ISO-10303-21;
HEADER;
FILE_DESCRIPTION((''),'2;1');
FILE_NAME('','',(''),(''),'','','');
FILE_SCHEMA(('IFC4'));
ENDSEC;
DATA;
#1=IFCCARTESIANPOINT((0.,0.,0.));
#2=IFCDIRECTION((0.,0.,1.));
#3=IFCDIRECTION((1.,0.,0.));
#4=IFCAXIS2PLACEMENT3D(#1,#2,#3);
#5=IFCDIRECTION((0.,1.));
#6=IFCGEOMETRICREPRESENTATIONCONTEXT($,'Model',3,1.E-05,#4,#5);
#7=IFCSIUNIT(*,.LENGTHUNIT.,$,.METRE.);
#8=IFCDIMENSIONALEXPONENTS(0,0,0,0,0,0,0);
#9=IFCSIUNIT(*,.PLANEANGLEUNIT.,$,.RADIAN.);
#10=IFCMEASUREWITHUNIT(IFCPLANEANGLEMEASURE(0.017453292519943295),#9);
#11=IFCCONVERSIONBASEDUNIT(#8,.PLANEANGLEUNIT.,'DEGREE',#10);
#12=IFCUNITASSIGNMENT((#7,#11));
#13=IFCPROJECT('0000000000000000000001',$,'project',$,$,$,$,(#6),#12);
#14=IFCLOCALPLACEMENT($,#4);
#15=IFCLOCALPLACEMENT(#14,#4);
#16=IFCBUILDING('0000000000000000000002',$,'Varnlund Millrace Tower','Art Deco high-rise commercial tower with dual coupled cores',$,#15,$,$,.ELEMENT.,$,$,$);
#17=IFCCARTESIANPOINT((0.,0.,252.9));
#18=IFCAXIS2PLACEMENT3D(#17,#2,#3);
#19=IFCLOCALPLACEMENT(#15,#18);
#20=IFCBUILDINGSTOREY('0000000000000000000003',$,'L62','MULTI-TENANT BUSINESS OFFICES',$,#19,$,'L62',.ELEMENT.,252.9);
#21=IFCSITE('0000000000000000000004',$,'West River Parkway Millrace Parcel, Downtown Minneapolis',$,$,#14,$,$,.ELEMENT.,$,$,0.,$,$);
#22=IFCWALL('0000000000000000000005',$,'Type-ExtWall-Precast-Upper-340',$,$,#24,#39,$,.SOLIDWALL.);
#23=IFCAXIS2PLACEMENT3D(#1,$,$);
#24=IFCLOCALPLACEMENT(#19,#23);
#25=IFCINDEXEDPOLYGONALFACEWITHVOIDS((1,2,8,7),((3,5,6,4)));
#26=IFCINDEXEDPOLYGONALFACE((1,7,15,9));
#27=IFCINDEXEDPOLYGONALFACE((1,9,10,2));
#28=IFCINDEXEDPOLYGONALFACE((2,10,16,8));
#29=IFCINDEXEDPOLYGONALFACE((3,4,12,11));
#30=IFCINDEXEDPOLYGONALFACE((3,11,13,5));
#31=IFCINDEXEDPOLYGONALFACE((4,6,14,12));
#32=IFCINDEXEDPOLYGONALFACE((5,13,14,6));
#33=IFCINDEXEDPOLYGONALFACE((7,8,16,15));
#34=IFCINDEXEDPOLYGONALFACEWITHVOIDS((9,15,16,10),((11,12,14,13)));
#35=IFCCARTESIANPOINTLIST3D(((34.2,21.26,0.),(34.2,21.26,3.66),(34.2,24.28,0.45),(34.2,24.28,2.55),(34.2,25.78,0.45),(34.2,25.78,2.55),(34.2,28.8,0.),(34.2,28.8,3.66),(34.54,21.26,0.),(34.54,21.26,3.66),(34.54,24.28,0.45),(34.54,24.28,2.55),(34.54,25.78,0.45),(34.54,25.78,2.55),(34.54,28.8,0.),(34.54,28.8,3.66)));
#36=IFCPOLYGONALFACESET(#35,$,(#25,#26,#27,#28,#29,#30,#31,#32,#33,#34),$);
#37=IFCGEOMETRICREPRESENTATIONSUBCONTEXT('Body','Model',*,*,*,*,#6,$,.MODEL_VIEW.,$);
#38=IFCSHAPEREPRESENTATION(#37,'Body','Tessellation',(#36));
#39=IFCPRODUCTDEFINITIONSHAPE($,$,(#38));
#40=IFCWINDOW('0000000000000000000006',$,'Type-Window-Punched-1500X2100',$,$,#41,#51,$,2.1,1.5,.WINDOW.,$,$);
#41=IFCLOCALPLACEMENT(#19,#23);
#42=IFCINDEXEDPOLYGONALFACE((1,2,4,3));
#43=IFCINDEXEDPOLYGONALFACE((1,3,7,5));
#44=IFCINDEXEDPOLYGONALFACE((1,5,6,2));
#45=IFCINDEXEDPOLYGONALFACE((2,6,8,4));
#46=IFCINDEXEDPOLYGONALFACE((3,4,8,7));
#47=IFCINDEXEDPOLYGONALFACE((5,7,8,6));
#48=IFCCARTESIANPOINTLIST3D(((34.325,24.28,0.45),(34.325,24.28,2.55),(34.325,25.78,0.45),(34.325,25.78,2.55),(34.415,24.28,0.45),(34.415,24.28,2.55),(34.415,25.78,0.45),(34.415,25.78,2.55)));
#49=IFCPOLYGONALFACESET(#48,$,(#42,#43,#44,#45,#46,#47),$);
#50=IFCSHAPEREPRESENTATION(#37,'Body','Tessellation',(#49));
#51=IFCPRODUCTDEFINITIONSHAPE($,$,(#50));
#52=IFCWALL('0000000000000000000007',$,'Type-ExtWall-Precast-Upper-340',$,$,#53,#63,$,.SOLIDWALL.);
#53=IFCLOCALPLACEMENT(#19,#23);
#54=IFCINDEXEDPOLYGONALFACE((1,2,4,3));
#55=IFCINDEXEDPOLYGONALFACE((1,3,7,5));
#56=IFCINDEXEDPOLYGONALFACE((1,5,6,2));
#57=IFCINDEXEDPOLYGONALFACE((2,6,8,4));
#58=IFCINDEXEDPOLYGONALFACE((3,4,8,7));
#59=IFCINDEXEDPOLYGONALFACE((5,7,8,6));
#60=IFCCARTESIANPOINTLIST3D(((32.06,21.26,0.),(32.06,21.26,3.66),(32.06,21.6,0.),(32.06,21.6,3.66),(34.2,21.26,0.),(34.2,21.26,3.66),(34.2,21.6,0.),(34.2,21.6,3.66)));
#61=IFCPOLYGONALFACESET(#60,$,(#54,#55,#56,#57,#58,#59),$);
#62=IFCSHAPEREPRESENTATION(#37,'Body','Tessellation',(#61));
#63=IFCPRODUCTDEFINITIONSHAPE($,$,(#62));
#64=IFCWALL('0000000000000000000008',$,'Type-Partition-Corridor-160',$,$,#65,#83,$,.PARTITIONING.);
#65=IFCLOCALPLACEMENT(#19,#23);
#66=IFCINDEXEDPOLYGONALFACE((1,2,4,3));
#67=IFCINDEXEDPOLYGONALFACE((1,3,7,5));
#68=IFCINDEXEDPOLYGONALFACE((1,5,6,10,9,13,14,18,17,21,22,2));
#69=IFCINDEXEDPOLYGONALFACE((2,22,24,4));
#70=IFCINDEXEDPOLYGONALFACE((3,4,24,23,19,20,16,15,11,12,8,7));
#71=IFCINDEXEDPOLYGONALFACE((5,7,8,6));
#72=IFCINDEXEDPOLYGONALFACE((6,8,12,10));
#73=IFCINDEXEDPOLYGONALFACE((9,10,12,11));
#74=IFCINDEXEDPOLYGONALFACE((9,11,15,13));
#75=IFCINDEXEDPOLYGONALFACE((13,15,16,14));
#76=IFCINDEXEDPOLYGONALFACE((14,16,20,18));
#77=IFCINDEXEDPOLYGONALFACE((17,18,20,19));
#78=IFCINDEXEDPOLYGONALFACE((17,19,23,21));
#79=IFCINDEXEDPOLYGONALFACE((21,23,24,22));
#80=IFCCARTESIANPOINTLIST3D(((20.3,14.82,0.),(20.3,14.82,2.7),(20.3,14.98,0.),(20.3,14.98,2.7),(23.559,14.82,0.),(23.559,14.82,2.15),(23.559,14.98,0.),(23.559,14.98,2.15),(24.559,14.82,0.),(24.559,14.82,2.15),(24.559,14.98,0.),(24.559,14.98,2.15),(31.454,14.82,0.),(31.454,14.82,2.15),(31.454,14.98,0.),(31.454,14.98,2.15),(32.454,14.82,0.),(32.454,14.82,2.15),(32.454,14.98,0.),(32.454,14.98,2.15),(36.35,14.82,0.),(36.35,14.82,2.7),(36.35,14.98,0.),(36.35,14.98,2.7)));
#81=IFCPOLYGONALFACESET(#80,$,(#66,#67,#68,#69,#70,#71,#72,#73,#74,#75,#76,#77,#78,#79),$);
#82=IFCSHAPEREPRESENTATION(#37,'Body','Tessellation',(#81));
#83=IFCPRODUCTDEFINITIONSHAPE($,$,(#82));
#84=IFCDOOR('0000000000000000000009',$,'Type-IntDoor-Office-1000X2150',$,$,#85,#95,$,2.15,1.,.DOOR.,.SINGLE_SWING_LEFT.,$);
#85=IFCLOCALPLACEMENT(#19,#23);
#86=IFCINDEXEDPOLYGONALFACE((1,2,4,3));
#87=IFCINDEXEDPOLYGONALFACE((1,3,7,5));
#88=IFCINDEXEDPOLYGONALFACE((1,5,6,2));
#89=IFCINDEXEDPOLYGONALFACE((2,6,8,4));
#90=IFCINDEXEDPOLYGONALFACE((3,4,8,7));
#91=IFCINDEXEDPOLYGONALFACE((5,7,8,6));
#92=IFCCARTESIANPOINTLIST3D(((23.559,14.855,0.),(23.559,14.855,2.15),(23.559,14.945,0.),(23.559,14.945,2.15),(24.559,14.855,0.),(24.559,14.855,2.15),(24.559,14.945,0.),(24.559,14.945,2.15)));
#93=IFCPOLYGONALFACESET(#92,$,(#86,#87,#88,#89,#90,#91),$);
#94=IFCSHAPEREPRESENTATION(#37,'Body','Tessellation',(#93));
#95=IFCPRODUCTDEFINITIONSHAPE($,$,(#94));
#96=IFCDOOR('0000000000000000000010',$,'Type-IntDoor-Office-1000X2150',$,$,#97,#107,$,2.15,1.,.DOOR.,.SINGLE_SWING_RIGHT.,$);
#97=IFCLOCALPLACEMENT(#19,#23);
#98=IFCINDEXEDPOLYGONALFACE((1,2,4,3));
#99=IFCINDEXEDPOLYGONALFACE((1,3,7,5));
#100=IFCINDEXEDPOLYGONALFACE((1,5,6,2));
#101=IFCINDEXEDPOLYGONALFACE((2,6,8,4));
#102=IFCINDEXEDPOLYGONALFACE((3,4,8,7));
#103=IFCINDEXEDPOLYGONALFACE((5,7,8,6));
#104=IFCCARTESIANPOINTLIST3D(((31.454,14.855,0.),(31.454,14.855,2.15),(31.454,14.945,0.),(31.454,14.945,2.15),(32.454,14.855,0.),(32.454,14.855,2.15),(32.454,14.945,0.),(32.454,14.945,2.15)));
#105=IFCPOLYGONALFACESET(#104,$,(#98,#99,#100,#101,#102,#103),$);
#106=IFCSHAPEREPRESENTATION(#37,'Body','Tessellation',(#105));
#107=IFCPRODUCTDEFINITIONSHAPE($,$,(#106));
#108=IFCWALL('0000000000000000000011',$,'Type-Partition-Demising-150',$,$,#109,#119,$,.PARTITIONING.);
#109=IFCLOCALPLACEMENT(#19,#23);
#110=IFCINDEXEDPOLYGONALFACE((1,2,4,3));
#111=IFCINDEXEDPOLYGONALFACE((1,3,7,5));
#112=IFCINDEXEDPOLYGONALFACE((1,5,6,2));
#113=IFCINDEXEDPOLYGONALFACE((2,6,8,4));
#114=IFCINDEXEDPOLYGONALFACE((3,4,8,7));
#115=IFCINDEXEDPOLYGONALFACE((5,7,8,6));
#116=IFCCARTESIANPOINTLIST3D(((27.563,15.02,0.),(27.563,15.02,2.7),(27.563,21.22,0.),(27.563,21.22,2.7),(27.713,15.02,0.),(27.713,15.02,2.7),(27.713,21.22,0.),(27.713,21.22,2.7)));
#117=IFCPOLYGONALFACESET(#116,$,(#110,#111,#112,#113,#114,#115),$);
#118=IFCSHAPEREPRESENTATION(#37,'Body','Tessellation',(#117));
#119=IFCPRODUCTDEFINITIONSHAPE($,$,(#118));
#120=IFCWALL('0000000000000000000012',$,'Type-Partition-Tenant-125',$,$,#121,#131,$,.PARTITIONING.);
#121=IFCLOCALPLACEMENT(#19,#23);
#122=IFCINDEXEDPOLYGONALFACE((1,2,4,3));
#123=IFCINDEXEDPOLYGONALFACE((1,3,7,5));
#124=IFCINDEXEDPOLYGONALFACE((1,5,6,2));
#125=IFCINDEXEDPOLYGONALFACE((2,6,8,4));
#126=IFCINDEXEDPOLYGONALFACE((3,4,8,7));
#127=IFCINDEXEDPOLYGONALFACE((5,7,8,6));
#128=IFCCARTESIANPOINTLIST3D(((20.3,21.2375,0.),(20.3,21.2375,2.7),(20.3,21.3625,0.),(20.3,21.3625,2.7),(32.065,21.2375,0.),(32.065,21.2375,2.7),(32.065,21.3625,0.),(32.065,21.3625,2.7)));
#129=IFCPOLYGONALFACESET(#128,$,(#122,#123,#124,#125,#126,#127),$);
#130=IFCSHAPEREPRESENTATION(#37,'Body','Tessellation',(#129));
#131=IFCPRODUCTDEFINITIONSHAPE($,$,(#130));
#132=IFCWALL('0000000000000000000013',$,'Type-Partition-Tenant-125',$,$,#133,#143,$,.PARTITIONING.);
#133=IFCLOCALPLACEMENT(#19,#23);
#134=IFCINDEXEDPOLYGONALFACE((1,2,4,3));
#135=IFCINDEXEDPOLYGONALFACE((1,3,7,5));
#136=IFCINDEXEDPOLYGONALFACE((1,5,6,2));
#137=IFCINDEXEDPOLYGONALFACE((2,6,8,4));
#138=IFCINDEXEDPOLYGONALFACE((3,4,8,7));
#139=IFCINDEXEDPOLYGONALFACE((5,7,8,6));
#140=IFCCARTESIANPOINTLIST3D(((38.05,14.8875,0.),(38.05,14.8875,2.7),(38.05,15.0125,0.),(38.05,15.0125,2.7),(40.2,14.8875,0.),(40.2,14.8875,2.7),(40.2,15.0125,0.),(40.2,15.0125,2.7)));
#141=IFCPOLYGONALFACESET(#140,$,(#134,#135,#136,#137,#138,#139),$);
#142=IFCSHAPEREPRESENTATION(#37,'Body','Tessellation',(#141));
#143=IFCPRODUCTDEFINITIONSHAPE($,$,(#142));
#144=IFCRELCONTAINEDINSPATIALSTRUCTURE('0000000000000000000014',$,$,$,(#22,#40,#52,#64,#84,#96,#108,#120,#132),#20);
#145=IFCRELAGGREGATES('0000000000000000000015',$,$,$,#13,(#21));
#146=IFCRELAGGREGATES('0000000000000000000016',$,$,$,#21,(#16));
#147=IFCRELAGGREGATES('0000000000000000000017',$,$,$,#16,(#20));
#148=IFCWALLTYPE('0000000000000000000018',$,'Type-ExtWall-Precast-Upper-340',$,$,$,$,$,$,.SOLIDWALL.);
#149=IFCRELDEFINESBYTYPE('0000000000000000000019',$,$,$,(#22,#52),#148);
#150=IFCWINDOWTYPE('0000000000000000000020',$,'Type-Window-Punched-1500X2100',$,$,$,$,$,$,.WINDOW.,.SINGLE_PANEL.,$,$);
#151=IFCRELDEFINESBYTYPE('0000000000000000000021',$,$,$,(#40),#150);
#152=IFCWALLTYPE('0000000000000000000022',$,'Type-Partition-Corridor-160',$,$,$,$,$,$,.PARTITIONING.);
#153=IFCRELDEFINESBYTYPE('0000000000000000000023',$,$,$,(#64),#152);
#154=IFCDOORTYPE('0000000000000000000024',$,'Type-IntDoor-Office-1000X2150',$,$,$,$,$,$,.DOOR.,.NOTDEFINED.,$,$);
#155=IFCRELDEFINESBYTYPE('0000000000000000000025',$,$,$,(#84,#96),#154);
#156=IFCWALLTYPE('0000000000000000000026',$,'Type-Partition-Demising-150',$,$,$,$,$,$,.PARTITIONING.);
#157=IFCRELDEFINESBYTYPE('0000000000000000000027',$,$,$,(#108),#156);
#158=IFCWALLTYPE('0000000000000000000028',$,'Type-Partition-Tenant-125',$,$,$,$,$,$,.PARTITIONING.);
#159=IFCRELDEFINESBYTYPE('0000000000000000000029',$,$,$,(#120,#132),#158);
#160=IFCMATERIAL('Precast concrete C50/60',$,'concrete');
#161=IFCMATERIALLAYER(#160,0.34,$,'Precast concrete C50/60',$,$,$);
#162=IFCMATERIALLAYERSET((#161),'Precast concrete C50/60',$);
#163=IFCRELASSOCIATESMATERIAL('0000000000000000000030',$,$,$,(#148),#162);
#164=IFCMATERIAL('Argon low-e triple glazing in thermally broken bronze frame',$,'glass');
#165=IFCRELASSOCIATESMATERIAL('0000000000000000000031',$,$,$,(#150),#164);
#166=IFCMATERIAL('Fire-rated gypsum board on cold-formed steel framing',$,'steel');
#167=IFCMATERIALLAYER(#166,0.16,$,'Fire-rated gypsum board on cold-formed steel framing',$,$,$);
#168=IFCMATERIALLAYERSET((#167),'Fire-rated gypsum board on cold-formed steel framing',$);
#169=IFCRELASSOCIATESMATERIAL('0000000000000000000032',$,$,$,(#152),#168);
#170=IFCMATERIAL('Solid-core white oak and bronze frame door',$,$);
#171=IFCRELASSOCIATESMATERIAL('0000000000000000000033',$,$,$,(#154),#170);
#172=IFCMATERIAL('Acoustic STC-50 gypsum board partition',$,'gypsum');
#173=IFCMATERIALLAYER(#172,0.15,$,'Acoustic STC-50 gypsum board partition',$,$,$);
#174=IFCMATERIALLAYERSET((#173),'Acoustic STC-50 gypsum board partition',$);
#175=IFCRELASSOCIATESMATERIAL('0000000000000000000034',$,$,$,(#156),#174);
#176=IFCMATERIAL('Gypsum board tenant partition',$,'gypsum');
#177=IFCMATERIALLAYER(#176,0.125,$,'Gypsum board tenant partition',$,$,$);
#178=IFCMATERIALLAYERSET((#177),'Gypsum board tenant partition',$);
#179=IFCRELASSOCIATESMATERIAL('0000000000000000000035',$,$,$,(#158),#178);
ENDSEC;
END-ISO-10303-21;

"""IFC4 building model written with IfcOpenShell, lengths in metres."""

from ifc_helpers import new_model, entity, si_unit, converted_unit, direction, frame, origin_with_axes, origin_2d_with_axis, place, context, subcontext, project, spatial, polyline, rectangle, outline, extrude, material, layer, layer_set, type_object, element, fill, save


model = new_model("IFC4")

# Units and contexts
model_context = context("Model", 3, precision=1e-05, world=origin_with_axes(), true_north=direction((0.0, 1.0)))
body_context = subcontext(model_context, "Body", "Model", "MODEL_VIEW")
ifc_project = project(units=[si_unit("LENGTHUNIT", "METRE"), converted_unit("PLANEANGLEUNIT", "DEGREE", entity("IfcPlaneAngleMeasure", 0.017453292519943295), si_unit("PLANEANGLEUNIT", "RADIAN"), dimensions=[0, 0, 0, 0, 0, 0, 0])], contexts=[model_context])

# Site, building, storey
site_placement = place(None, origin_with_axes())
site = spatial("IfcSite", under=ifc_project, at=site_placement, Name="West River Parkway Millrace Parcel, Downtown Minneapolis", CompositionType="ELEMENT", RefElevation=0.0)
building_placement = place(site_placement, origin_with_axes())
building = spatial("IfcBuilding", under=site, at=building_placement, Name="Varnlund Millrace Tower", Description="Art Deco high-rise commercial tower with dual coupled cores", CompositionType="ELEMENT")
storey_placement = place(building_placement, frame((0.0, 0.0, 252.9), z_axis=(0.0, 0.0, 1.0), x_axis=(1.0, 0.0, 0.0)))
storey = spatial("IfcBuildingStorey", under=building, at=storey_placement, Name="L62", Description="MULTI-TENANT BUSINESS OFFICES", LongName="L62", CompositionType="ELEMENT", Elevation=252.9)

# Wall, opening, window
ifc_material_1 = material(Name="Precast concrete C50/60", Category="concrete")
ifc_layer_1 = layer(ifc_material_1, 0.34, Name="Precast concrete C50/60")
ifc_layer_set_1 = layer_set([ifc_layer_1], Name="Precast concrete C50/60")
wall_type_1 = type_object("IfcWallType", Name="Type-ExtWall-Precast-Upper-340", PredefinedType="SOLIDWALL", material=ifc_layer_set_1)
wall_1_placement = place(storey_placement, frame((34.37, 21.26, 0.0), z_axis=(0.0, 0.0, 1.0), x_axis=(0.0, 1.0, 0.0)))
wall_1 = element("IfcWall", 1, at=wall_1_placement, inside=storey, type_object=wall_type_1, Name="Type-ExtWall-Precast-Upper-340", PredefinedType="SOLIDWALL", context=body_context, shape_type="SweptSolid", body=[
    extrude(outline(polyline([(0.0, -0.17), (7.54, -0.17), (7.54, 0.17), (0.0, 0.17), (0.0, -0.17)])), origin_with_axes(), (0.0, 0.0, 1.0), 3.66),
])
opening_1_placement = place(wall_1_placement, frame((3.77, 0.0, 0.45), z_axis=(0.0, 0.0, 1.0), x_axis=(1.0, 0.0, 0.0)))
opening_1 = element("IfcOpeningElement", 2, at=opening_1_placement, cuts=wall_1, PredefinedType="OPENING", context=body_context, shape_type="SweptSolid", body=[
    extrude(rectangle(XDim=1.5, YDim=0.36, at=origin_2d_with_axis()), origin_with_axes(), (0.0, 0.0, 1.0), 2.1),
])
ifc_material_2 = material(Name="Argon low-e triple glazing in thermally broken bronze frame", Category="glass")
window_type = type_object("IfcWindowType", Name="Type-Window-Punched-1500X2100", PartitioningType="SINGLE_PANEL", PredefinedType="WINDOW", material=ifc_material_2)
window_placement = place(wall_1_placement, frame((3.77, 0.0, 0.45), z_axis=(0.0, 0.0, 1.0), x_axis=(1.0, 0.0, 0.0)))
window = element("IfcWindow", 3, at=window_placement, inside=storey, type_object=window_type, Name="Type-Window-Punched-1500X2100", OverallHeight=2.1, OverallWidth=1.5, PredefinedType="WINDOW", context=body_context, shape_type="SweptSolid", body=[
    extrude(rectangle(XDim=1.5, YDim=0.09, at=origin_2d_with_axis()), origin_with_axes(), (0.0, 0.0, 1.0), 2.1),
])
fill(opening_1, window)

# Wall
wall_2_placement = place(storey_placement, frame((32.06, 21.43, 0.0), z_axis=(0.0, 0.0, 1.0), x_axis=(1.0, 0.0, 0.0)))
element("IfcWall", 4, at=wall_2_placement, inside=storey, type_object=wall_type_1, Name="Type-ExtWall-Precast-Upper-340", PredefinedType="SOLIDWALL", context=body_context, shape_type="SweptSolid", body=[
    extrude(outline(polyline([(0.0, -0.17), (2.14, -0.17), (2.14, 0.17), (0.0, 0.17), (0.0, -0.17)])), origin_with_axes(), (0.0, 0.0, 1.0), 3.66),
])

# Wall, openings, doors
ifc_material_3 = material(Name="Fire-rated gypsum board on cold-formed steel framing", Category="steel")
ifc_layer_2 = layer(ifc_material_3, 0.16, Name="Fire-rated gypsum board on cold-formed steel framing")
ifc_layer_set_2 = layer_set([ifc_layer_2], Name="Fire-rated gypsum board on cold-formed steel framing")
wall_type_2 = type_object("IfcWallType", Name="Type-Partition-Corridor-160", PredefinedType="PARTITIONING", material=ifc_layer_set_2)
wall_3_placement = place(storey_placement, frame((20.3, 14.9, 0.0), z_axis=(0.0, 0.0, 1.0), x_axis=(1.0, 0.0, 0.0)))
wall_3 = element("IfcWall", 5, at=wall_3_placement, inside=storey, type_object=wall_type_2, Name="Type-Partition-Corridor-160", PredefinedType="PARTITIONING", context=body_context, shape_type="SweptSolid", body=[
    extrude(outline(polyline([(0.0, -0.08), (16.05, -0.08), (16.05, 0.08), (0.0, 0.08), (0.0, -0.08)])), origin_with_axes(), (0.0, 0.0, 1.0), 2.7),
])
opening_2_placement = place(wall_3_placement, frame((3.759, 0.0, 0.0), z_axis=(0.0, 0.0, 1.0), x_axis=(1.0, 0.0, 0.0)))
opening_2 = element("IfcOpeningElement", 6, at=opening_2_placement, cuts=wall_3, PredefinedType="OPENING", context=body_context, shape_type="SweptSolid", body=[
    extrude(rectangle(XDim=1.0, YDim=0.18, at=origin_2d_with_axis()), origin_with_axes(), (0.0, 0.0, 1.0), 2.15),
])
opening_3_placement = place(wall_3_placement, frame((11.654, 0.0, 0.0), z_axis=(0.0, 0.0, 1.0), x_axis=(1.0, 0.0, 0.0)))
opening_3 = element("IfcOpeningElement", 7, at=opening_3_placement, cuts=wall_3, PredefinedType="OPENING", context=body_context, shape_type="SweptSolid", body=[
    extrude(rectangle(XDim=1.0, YDim=0.18, at=origin_2d_with_axis()), origin_with_axes(), (0.0, 0.0, 1.0), 2.15),
])
ifc_material_4 = material(Name="Solid-core white oak and bronze frame door")
door_type = type_object("IfcDoorType", Name="Type-IntDoor-Office-1000X2150", OperationType="NOTDEFINED", PredefinedType="DOOR", material=ifc_material_4)
door_1_placement = place(wall_3_placement, frame((3.759, 0.0, 0.0), z_axis=(0.0, 0.0, 1.0), x_axis=(1.0, 0.0, 0.0)))
door_1 = element("IfcDoor", 8, at=door_1_placement, inside=storey, type_object=door_type, Name="Type-IntDoor-Office-1000X2150", OperationType="SINGLE_SWING_LEFT", OverallHeight=2.15, OverallWidth=1.0, PredefinedType="DOOR", context=body_context, shape_type="SweptSolid", body=[
    extrude(rectangle(XDim=1.0, YDim=0.09, at=origin_2d_with_axis()), origin_with_axes(), (0.0, 0.0, 1.0), 2.15),
])
fill(opening_2, door_1)
door_2_placement = place(wall_3_placement, frame((11.654, 0.0, 0.0), z_axis=(0.0, 0.0, 1.0), x_axis=(1.0, 0.0, 0.0)))
door_2 = element("IfcDoor", 9, at=door_2_placement, inside=storey, type_object=door_type, Name="Type-IntDoor-Office-1000X2150", OperationType="SINGLE_SWING_RIGHT", OverallHeight=2.15, OverallWidth=1.0, PredefinedType="DOOR", context=body_context, shape_type="SweptSolid", body=[
    extrude(rectangle(XDim=1.0, YDim=0.09, at=origin_2d_with_axis()), origin_with_axes(), (0.0, 0.0, 1.0), 2.15),
])
fill(opening_3, door_2)

# Walls
ifc_material_5 = material(Name="Acoustic STC-50 gypsum board partition", Category="gypsum")
ifc_layer_3 = layer(ifc_material_5, 0.15, Name="Acoustic STC-50 gypsum board partition")
ifc_layer_set_3 = layer_set([ifc_layer_3], Name="Acoustic STC-50 gypsum board partition")
wall_type_3 = type_object("IfcWallType", Name="Type-Partition-Demising-150", PredefinedType="PARTITIONING", material=ifc_layer_set_3)
wall_4_placement = place(storey_placement, frame((27.638, 15.02, 0.0), z_axis=(0.0, 0.0, 1.0), x_axis=(0.0, 1.0, 0.0)))
element("IfcWall", 10, at=wall_4_placement, inside=storey, type_object=wall_type_3, Name="Type-Partition-Demising-150", PredefinedType="PARTITIONING", context=body_context, shape_type="SweptSolid", body=[
    extrude(outline(polyline([(0.0, -0.075), (6.2, -0.075), (6.2, 0.075), (0.0, 0.075), (0.0, -0.075)])), origin_with_axes(), (0.0, 0.0, 1.0), 2.7),
])
ifc_material_6 = material(Name="Gypsum board tenant partition", Category="gypsum")
ifc_layer_4 = layer(ifc_material_6, 0.125, Name="Gypsum board tenant partition")
ifc_layer_set_4 = layer_set([ifc_layer_4], Name="Gypsum board tenant partition")
wall_type_4 = type_object("IfcWallType", Name="Type-Partition-Tenant-125", PredefinedType="PARTITIONING", material=ifc_layer_set_4)
wall_5_placement = place(storey_placement, frame((20.3, 21.3, 0.0), z_axis=(0.0, 0.0, 1.0), x_axis=(1.0, 0.0, 0.0)))
element("IfcWall", 11, at=wall_5_placement, inside=storey, type_object=wall_type_4, Name="Type-Partition-Tenant-125", PredefinedType="PARTITIONING", context=body_context, shape_type="SweptSolid", body=[
    extrude(outline(polyline([(0.0, -0.0625), (11.765, -0.0625), (11.765, 0.0625), (0.0, 0.0625), (0.0, -0.0625)])), origin_with_axes(), (0.0, 0.0, 1.0), 2.7),
])
wall_6_placement = place(storey_placement, frame((38.05, 14.95, 0.0), z_axis=(0.0, 0.0, 1.0), x_axis=(1.0, 0.0, 0.0)))
element("IfcWall", 12, at=wall_6_placement, inside=storey, type_object=wall_type_4, Name="Type-Partition-Tenant-125", PredefinedType="PARTITIONING", context=body_context, shape_type="SweptSolid", body=[
    extrude(outline(polyline([(0.0, -0.0625), (2.15, -0.0625), (2.15, 0.0625), (0.0, 0.0625), (0.0, -0.0625)])), origin_with_axes(), (0.0, 0.0, 1.0), 2.7),
])

save(model, "model.ifc")
